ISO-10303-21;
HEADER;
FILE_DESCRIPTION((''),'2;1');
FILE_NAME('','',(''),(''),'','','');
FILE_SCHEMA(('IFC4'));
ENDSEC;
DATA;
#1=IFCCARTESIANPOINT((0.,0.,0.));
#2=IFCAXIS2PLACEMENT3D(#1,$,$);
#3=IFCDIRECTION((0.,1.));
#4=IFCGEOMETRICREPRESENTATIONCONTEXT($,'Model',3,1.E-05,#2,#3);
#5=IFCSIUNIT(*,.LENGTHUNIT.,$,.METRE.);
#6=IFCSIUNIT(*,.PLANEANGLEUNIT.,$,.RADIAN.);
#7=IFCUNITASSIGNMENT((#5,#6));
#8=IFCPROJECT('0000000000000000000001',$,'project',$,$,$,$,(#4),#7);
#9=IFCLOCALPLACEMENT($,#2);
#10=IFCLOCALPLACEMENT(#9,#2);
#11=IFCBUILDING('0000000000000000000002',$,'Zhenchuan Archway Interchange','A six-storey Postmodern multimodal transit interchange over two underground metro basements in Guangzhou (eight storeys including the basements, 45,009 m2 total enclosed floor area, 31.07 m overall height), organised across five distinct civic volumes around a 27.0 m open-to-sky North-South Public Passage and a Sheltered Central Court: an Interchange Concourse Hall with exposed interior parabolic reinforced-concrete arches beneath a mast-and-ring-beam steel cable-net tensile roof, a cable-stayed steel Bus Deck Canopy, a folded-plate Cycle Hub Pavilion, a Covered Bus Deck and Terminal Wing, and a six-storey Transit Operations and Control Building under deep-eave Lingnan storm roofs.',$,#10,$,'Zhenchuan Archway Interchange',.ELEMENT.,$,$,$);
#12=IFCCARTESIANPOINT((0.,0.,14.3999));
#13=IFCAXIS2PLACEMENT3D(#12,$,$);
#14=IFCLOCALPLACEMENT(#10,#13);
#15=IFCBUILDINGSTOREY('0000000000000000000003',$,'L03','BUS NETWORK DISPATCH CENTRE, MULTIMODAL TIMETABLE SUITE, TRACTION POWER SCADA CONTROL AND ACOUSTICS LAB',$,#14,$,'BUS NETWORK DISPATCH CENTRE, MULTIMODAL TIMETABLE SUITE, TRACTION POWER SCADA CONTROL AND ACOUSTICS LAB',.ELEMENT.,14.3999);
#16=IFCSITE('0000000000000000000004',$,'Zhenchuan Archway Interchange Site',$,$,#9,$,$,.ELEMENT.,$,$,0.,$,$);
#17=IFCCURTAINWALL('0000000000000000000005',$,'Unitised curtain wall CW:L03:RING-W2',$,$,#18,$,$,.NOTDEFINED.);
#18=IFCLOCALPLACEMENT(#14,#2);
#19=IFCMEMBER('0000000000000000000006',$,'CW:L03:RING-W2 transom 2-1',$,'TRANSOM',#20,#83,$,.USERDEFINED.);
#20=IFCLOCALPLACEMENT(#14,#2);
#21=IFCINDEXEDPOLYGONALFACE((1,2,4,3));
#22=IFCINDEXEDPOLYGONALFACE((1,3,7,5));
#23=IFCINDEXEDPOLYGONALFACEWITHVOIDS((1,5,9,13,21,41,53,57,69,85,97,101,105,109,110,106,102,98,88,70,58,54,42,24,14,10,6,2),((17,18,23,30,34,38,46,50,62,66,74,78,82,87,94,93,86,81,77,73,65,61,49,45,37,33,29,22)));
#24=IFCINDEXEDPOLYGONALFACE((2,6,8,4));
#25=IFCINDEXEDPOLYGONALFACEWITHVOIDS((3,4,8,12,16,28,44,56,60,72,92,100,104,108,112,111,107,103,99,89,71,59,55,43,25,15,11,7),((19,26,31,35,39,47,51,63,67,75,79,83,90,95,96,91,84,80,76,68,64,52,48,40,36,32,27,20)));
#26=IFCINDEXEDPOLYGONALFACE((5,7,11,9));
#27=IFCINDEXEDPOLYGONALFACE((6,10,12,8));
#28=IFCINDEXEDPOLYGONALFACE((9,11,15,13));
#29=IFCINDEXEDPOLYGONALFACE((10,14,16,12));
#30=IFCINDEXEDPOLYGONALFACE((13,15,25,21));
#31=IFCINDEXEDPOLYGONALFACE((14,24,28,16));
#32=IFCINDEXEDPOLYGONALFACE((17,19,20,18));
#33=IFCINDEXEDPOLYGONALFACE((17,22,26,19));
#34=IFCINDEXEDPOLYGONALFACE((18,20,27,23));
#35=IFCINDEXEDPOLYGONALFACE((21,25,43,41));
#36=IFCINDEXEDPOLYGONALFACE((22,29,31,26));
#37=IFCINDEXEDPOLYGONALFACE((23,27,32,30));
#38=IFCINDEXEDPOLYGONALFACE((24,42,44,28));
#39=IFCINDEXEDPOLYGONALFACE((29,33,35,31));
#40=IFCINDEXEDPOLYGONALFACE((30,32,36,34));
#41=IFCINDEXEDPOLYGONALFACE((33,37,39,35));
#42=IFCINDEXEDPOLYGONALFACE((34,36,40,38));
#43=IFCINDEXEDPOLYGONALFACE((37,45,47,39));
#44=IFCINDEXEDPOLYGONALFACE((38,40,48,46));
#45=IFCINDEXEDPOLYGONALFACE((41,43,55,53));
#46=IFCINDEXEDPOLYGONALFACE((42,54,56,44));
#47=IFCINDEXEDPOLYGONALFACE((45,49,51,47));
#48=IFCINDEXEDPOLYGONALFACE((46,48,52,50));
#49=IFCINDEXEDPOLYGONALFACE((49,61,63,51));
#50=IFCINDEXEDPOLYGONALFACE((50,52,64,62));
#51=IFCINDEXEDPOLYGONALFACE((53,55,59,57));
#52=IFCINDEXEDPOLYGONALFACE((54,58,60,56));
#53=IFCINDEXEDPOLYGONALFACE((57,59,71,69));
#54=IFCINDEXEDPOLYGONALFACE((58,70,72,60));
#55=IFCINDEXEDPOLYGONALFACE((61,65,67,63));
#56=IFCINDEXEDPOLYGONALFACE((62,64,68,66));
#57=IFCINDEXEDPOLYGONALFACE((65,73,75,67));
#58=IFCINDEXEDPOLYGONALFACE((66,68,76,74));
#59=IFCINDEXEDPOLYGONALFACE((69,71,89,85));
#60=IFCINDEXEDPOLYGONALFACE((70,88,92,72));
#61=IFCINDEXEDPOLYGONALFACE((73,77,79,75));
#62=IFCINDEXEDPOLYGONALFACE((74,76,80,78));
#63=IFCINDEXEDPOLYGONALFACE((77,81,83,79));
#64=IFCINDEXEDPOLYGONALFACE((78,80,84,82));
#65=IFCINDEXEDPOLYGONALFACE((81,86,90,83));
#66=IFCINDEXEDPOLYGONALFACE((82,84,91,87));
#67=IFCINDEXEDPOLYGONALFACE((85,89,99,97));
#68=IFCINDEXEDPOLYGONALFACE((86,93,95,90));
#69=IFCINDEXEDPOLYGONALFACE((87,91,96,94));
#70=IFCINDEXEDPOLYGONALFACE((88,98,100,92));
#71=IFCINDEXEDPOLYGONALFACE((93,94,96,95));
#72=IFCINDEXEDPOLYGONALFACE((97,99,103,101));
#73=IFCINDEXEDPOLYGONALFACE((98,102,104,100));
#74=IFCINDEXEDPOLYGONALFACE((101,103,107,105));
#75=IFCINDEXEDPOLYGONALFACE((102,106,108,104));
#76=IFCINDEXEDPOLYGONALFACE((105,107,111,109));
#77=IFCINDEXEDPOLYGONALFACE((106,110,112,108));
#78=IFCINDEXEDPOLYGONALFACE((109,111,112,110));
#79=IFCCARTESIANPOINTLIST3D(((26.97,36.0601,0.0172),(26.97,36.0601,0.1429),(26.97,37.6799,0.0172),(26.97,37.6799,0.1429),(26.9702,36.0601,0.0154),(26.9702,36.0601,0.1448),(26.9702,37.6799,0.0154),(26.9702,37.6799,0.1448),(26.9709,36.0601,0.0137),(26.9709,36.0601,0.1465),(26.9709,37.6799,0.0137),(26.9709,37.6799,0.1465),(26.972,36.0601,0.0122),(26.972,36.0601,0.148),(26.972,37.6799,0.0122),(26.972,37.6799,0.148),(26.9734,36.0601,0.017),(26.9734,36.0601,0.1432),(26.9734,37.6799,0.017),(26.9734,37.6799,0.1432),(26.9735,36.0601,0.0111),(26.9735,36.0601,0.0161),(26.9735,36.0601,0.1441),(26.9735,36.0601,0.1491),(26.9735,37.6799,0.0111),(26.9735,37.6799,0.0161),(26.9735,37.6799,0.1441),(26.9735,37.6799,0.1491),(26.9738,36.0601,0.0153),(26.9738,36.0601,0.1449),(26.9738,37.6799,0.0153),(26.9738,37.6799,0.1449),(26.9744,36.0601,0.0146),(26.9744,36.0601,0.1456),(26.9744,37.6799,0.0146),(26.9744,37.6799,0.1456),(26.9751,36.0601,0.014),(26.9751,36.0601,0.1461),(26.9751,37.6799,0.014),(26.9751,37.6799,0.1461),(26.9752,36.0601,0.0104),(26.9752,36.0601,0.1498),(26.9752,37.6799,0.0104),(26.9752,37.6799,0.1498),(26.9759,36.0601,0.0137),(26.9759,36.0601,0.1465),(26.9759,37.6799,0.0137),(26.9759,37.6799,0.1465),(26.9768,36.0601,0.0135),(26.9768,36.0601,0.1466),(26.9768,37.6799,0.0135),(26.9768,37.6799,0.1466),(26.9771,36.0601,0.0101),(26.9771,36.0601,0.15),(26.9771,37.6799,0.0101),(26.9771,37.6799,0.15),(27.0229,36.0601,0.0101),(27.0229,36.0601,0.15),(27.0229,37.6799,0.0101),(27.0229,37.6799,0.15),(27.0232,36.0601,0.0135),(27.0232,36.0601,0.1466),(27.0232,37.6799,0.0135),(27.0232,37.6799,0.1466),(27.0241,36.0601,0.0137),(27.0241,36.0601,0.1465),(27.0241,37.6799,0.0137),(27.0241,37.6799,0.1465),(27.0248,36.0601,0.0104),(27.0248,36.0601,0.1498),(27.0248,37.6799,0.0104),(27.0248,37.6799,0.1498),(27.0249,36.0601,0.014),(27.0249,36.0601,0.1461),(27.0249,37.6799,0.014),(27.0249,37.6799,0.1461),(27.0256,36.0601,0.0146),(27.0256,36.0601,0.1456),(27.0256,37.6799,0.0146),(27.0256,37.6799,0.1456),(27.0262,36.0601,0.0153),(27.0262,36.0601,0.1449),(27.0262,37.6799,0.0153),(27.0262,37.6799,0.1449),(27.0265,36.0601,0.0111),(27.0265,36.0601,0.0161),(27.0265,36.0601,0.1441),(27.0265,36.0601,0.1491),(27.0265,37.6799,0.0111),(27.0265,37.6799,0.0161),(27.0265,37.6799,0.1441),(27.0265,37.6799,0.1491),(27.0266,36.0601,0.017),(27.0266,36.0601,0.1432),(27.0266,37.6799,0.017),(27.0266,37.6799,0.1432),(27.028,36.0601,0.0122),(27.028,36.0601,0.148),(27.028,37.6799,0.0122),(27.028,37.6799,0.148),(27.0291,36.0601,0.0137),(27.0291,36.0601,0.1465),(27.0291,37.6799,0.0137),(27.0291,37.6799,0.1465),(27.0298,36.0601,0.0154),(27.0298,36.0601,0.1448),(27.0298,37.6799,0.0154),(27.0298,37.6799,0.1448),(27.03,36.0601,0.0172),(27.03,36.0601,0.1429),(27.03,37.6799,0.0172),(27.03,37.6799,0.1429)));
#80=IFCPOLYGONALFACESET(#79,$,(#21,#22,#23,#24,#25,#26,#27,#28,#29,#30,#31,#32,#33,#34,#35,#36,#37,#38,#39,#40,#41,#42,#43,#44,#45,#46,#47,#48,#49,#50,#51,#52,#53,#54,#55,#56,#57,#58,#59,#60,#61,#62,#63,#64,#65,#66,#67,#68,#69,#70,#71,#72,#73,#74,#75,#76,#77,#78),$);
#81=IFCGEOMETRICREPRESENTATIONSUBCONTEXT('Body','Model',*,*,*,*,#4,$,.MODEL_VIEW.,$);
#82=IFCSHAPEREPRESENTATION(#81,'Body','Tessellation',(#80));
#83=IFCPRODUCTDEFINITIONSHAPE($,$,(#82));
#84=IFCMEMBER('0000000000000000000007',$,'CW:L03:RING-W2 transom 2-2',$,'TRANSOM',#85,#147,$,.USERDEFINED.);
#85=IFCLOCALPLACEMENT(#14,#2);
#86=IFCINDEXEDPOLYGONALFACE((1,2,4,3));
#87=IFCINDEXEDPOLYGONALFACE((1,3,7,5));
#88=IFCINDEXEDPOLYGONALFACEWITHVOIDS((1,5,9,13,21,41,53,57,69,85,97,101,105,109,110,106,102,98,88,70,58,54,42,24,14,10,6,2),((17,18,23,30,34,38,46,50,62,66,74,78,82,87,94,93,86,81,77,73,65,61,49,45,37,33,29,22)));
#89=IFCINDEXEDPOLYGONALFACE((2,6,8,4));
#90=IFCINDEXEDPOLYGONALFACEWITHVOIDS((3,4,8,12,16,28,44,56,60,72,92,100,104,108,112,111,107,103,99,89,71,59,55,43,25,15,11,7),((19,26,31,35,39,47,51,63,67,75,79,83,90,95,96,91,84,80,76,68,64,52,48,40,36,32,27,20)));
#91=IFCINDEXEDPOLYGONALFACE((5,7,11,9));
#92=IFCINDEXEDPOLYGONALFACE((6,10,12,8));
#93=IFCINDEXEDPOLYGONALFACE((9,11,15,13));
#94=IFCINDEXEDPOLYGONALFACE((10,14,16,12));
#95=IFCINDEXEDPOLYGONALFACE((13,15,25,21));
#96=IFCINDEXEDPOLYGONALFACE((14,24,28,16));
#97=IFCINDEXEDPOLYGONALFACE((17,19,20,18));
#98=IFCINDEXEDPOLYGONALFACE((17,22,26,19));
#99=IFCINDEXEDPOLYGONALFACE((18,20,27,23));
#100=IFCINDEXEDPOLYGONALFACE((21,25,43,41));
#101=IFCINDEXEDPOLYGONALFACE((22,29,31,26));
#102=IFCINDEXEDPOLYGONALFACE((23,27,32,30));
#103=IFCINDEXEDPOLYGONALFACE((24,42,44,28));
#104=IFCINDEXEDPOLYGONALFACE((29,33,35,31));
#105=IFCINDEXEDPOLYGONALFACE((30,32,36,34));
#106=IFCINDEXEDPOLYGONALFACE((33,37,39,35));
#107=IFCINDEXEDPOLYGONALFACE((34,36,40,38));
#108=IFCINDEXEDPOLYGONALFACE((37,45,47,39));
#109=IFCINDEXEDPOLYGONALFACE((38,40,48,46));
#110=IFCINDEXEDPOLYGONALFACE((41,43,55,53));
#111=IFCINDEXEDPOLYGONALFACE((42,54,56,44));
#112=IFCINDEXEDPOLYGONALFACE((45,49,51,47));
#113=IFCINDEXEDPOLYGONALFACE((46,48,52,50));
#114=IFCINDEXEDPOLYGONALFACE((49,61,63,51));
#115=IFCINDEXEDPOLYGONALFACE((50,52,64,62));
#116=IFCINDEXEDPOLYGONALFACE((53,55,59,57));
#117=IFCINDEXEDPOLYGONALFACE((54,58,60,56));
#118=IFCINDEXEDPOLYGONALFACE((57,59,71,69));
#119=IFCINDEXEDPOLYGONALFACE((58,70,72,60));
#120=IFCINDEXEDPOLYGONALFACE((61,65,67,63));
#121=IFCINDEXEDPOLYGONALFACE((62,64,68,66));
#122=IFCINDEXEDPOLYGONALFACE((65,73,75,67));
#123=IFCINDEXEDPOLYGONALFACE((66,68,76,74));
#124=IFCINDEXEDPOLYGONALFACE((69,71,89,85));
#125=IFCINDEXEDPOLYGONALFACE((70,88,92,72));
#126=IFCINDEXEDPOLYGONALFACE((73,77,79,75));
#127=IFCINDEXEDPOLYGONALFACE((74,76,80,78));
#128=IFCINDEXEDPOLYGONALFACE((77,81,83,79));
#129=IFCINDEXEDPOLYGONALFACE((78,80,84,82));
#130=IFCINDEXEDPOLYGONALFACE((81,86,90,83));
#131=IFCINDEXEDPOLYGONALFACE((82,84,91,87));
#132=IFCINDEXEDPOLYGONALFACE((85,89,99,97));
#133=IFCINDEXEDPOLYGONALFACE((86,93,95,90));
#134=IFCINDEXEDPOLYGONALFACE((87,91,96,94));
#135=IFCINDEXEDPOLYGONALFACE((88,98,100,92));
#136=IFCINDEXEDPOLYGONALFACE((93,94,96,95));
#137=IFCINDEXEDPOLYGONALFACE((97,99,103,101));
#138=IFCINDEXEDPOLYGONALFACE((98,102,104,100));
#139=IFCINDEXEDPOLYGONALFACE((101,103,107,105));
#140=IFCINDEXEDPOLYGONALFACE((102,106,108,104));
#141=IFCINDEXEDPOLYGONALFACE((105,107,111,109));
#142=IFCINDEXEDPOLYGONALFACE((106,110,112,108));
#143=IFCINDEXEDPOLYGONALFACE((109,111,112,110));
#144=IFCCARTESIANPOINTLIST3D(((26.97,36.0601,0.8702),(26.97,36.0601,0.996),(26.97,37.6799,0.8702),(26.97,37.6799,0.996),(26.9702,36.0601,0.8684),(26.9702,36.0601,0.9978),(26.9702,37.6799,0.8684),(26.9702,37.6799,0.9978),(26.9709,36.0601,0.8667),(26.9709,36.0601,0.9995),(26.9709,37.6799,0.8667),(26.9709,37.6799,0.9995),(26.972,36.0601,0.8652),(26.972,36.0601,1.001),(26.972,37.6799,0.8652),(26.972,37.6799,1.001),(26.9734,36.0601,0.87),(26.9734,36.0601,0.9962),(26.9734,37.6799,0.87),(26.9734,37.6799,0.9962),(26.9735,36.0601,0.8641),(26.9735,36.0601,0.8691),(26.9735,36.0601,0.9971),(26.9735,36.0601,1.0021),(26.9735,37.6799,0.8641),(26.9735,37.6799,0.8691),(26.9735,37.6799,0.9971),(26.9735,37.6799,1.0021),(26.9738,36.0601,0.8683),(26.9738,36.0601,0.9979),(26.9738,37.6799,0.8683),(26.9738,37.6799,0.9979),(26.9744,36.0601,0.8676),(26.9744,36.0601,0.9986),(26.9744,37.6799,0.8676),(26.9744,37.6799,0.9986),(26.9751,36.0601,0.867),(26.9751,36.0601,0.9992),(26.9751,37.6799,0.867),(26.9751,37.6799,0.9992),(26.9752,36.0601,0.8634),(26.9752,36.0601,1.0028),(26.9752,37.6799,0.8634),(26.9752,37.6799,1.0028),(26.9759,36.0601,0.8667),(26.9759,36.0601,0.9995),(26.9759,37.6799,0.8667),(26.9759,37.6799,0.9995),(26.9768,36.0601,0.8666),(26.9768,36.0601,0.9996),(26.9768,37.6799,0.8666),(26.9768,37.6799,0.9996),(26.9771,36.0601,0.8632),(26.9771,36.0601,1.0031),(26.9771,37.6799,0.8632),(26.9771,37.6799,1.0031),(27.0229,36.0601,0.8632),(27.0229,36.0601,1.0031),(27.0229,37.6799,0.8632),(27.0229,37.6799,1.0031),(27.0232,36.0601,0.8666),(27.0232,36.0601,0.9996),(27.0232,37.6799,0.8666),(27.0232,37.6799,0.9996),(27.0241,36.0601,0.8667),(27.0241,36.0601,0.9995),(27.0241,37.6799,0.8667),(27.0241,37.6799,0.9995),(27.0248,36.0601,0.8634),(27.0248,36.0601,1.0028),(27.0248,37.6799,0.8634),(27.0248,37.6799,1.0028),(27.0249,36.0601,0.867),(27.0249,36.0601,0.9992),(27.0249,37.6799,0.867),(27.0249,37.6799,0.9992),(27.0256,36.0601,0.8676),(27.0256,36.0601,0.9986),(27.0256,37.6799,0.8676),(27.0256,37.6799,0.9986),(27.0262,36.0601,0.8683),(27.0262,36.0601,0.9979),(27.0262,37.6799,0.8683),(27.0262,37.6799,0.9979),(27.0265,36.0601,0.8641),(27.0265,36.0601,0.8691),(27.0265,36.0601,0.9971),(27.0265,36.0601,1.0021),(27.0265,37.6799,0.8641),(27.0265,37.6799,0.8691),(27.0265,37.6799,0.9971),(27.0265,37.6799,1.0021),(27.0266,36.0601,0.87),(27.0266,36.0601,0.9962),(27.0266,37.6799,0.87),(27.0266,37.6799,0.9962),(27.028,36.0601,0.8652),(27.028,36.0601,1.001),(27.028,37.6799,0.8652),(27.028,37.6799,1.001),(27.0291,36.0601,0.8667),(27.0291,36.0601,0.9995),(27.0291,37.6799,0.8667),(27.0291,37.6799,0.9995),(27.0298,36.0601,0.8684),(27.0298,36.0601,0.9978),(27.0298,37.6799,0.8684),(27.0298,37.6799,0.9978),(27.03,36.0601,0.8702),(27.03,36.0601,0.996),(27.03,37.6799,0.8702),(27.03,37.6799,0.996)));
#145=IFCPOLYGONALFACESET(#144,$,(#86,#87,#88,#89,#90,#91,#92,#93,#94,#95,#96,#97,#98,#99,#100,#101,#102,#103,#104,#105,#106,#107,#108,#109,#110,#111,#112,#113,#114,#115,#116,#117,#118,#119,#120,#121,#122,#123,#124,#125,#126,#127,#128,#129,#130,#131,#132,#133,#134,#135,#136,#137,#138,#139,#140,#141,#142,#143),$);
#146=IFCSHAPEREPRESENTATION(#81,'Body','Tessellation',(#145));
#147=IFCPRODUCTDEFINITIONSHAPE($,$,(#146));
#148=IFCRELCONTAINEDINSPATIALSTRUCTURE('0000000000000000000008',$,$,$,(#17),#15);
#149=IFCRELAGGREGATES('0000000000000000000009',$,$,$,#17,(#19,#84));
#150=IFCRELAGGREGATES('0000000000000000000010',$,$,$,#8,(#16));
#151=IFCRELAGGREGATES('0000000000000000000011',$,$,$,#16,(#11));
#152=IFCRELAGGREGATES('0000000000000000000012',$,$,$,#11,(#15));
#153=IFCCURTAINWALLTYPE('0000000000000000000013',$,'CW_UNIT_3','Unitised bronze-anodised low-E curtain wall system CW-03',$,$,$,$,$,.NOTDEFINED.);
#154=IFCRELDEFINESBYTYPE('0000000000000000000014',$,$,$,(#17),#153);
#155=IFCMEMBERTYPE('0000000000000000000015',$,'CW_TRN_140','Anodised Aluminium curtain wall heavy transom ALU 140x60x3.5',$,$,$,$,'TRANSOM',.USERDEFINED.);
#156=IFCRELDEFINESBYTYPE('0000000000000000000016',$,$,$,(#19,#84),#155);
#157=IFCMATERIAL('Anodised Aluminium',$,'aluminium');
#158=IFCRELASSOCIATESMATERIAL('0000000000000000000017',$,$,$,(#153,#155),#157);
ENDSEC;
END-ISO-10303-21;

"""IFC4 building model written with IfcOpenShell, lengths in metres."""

from ifc_helpers import new_model, si_unit, direction, frame, origin, origin_2d, place, context, subcontext, project, spatial, hollow_rectangle, extrude, material, material_profile, profile_set, type_object, element, aggregate, save


model = new_model("IFC4")

# Units and contexts
model_context = context("Model", 3, precision=1e-05, world=origin(), true_north=direction((0.0, 1.0)))
body_context = subcontext(model_context, "Body", "Model", "MODEL_VIEW")
ifc_project = project(units=[si_unit("LENGTHUNIT", "METRE"), si_unit("PLANEANGLEUNIT", "RADIAN")], contexts=[model_context])

# Site, building, storey
site_placement = place(None, origin())
site = spatial("IfcSite", under=ifc_project, at=site_placement, Name="Zhenchuan Archway Interchange Site", CompositionType="ELEMENT", RefElevation=0.0)
building_placement = place(site_placement, origin())
building = spatial("IfcBuilding", under=site, at=building_placement, Name="Zhenchuan Archway Interchange", Description="A six-storey Postmodern multimodal transit interchange over two underground metro basements in Guangzhou (eight storeys including the basements, 45,009 m2 total enclosed floor area, 31.07 m overall height), organised across five distinct civic volumes around a 27.0 m open-to-sky North-South Public Passage and a Sheltered Central Court: an Interchange Concourse Hall with exposed interior parabolic reinforced-concrete arches beneath a mast-and-ring-beam steel cable-net tensile roof, a cable-stayed steel Bus Deck Canopy, a folded-plate Cycle Hub Pavilion, a Covered Bus Deck and Terminal Wing, and a six-storey Transit Operations and Control Building under deep-eave Lingnan storm roofs.", LongName="Zhenchuan Archway Interchange", CompositionType="ELEMENT")
storey_placement = place(building_placement, frame((0.0, 0.0, 14.3999)))
storey = spatial("IfcBuildingStorey", under=building, at=storey_placement, Name="L03", Description="BUS NETWORK DISPATCH CENTRE, MULTIMODAL TIMETABLE SUITE, TRACTION POWER SCADA CONTROL AND ACOUSTICS LAB", LongName="BUS NETWORK DISPATCH CENTRE, MULTIMODAL TIMETABLE SUITE, TRACTION POWER SCADA CONTROL AND ACOUSTICS LAB", CompositionType="ELEMENT", Elevation=14.3999)

# Curtain wall
ifc_material_1 = material(Name="Anodised Aluminium", Category="aluminium")
curtain_wall_type = type_object("IfcCurtainWallType", Name="CW_UNIT_3", Description="Unitised bronze-anodised low-E curtain wall system CW-03", PredefinedType="NOTDEFINED", material=ifc_material_1)
curtain_wall_1_placement = place(storey_placement, origin())
curtain_wall_1 = element("IfcCurtainWall", 1, at=curtain_wall_1_placement, inside=storey, type_object=curtain_wall_type, Name="Unitised curtain wall CW:L03:RING-W2", PredefinedType="NOTDEFINED")

# Members
ifc_material_profile_1 = material_profile(ifc_material_1, hollow_rectangle(XDim=0.0601, YDim=0.1399, WallThickness=0.0034, InnerFilletRadius=0.0034, OuterFilletRadius=0.0071, at=origin_2d()), Name="ALU 140x60x3.5")
ifc_profile_set_1 = profile_set([ifc_material_profile_1], Name="Anodised Aluminium")
member_type_1 = type_object("IfcMemberType", Name="CW_TRN_140", Description="Anodised Aluminium curtain wall heavy transom ALU 140x60x3.5", ElementType="TRANSOM", PredefinedType="USERDEFINED", material=ifc_profile_set_1)
member_1_placement = place(storey_placement, frame((27.0, 36.0601, 0.0801), z_axis=(0.0, 1.0, 0.0), x_axis=(-1.0, 0.0, 0.0)))
member_1 = element("IfcMember", 2, at=member_1_placement, type_object=member_type_1, Name="CW:L03:RING-W2 transom 2-1", ObjectType="TRANSOM", PredefinedType="USERDEFINED", context=body_context, shape_type="SweptSolid", body=[
    extrude(hollow_rectangle(XDim=0.0601, YDim=0.1399, WallThickness=0.0034, InnerFilletRadius=0.0034, OuterFilletRadius=0.0071, at=origin_2d()), origin(), (0.0, 0.0, 1.0), 1.6199),
])
member_2_placement = place(storey_placement, frame((27.0, 36.0601, 0.9331), z_axis=(0.0, 1.0, 0.0), x_axis=(-1.0, 0.0, 0.0)))
member_2 = element("IfcMember", 3, at=member_2_placement, type_object=member_type_1, Name="CW:L03:RING-W2 transom 2-2", ObjectType="TRANSOM", PredefinedType="USERDEFINED", context=body_context, shape_type="SweptSolid", body=[
    extrude(hollow_rectangle(XDim=0.0601, YDim=0.1399, WallThickness=0.0034, InnerFilletRadius=0.0034, OuterFilletRadius=0.0071, at=origin_2d()), origin(), (0.0, 0.0, 1.0), 1.6199),
])

aggregate(curtain_wall_1, [member_1, member_2])

save(model, "model.ifc")
